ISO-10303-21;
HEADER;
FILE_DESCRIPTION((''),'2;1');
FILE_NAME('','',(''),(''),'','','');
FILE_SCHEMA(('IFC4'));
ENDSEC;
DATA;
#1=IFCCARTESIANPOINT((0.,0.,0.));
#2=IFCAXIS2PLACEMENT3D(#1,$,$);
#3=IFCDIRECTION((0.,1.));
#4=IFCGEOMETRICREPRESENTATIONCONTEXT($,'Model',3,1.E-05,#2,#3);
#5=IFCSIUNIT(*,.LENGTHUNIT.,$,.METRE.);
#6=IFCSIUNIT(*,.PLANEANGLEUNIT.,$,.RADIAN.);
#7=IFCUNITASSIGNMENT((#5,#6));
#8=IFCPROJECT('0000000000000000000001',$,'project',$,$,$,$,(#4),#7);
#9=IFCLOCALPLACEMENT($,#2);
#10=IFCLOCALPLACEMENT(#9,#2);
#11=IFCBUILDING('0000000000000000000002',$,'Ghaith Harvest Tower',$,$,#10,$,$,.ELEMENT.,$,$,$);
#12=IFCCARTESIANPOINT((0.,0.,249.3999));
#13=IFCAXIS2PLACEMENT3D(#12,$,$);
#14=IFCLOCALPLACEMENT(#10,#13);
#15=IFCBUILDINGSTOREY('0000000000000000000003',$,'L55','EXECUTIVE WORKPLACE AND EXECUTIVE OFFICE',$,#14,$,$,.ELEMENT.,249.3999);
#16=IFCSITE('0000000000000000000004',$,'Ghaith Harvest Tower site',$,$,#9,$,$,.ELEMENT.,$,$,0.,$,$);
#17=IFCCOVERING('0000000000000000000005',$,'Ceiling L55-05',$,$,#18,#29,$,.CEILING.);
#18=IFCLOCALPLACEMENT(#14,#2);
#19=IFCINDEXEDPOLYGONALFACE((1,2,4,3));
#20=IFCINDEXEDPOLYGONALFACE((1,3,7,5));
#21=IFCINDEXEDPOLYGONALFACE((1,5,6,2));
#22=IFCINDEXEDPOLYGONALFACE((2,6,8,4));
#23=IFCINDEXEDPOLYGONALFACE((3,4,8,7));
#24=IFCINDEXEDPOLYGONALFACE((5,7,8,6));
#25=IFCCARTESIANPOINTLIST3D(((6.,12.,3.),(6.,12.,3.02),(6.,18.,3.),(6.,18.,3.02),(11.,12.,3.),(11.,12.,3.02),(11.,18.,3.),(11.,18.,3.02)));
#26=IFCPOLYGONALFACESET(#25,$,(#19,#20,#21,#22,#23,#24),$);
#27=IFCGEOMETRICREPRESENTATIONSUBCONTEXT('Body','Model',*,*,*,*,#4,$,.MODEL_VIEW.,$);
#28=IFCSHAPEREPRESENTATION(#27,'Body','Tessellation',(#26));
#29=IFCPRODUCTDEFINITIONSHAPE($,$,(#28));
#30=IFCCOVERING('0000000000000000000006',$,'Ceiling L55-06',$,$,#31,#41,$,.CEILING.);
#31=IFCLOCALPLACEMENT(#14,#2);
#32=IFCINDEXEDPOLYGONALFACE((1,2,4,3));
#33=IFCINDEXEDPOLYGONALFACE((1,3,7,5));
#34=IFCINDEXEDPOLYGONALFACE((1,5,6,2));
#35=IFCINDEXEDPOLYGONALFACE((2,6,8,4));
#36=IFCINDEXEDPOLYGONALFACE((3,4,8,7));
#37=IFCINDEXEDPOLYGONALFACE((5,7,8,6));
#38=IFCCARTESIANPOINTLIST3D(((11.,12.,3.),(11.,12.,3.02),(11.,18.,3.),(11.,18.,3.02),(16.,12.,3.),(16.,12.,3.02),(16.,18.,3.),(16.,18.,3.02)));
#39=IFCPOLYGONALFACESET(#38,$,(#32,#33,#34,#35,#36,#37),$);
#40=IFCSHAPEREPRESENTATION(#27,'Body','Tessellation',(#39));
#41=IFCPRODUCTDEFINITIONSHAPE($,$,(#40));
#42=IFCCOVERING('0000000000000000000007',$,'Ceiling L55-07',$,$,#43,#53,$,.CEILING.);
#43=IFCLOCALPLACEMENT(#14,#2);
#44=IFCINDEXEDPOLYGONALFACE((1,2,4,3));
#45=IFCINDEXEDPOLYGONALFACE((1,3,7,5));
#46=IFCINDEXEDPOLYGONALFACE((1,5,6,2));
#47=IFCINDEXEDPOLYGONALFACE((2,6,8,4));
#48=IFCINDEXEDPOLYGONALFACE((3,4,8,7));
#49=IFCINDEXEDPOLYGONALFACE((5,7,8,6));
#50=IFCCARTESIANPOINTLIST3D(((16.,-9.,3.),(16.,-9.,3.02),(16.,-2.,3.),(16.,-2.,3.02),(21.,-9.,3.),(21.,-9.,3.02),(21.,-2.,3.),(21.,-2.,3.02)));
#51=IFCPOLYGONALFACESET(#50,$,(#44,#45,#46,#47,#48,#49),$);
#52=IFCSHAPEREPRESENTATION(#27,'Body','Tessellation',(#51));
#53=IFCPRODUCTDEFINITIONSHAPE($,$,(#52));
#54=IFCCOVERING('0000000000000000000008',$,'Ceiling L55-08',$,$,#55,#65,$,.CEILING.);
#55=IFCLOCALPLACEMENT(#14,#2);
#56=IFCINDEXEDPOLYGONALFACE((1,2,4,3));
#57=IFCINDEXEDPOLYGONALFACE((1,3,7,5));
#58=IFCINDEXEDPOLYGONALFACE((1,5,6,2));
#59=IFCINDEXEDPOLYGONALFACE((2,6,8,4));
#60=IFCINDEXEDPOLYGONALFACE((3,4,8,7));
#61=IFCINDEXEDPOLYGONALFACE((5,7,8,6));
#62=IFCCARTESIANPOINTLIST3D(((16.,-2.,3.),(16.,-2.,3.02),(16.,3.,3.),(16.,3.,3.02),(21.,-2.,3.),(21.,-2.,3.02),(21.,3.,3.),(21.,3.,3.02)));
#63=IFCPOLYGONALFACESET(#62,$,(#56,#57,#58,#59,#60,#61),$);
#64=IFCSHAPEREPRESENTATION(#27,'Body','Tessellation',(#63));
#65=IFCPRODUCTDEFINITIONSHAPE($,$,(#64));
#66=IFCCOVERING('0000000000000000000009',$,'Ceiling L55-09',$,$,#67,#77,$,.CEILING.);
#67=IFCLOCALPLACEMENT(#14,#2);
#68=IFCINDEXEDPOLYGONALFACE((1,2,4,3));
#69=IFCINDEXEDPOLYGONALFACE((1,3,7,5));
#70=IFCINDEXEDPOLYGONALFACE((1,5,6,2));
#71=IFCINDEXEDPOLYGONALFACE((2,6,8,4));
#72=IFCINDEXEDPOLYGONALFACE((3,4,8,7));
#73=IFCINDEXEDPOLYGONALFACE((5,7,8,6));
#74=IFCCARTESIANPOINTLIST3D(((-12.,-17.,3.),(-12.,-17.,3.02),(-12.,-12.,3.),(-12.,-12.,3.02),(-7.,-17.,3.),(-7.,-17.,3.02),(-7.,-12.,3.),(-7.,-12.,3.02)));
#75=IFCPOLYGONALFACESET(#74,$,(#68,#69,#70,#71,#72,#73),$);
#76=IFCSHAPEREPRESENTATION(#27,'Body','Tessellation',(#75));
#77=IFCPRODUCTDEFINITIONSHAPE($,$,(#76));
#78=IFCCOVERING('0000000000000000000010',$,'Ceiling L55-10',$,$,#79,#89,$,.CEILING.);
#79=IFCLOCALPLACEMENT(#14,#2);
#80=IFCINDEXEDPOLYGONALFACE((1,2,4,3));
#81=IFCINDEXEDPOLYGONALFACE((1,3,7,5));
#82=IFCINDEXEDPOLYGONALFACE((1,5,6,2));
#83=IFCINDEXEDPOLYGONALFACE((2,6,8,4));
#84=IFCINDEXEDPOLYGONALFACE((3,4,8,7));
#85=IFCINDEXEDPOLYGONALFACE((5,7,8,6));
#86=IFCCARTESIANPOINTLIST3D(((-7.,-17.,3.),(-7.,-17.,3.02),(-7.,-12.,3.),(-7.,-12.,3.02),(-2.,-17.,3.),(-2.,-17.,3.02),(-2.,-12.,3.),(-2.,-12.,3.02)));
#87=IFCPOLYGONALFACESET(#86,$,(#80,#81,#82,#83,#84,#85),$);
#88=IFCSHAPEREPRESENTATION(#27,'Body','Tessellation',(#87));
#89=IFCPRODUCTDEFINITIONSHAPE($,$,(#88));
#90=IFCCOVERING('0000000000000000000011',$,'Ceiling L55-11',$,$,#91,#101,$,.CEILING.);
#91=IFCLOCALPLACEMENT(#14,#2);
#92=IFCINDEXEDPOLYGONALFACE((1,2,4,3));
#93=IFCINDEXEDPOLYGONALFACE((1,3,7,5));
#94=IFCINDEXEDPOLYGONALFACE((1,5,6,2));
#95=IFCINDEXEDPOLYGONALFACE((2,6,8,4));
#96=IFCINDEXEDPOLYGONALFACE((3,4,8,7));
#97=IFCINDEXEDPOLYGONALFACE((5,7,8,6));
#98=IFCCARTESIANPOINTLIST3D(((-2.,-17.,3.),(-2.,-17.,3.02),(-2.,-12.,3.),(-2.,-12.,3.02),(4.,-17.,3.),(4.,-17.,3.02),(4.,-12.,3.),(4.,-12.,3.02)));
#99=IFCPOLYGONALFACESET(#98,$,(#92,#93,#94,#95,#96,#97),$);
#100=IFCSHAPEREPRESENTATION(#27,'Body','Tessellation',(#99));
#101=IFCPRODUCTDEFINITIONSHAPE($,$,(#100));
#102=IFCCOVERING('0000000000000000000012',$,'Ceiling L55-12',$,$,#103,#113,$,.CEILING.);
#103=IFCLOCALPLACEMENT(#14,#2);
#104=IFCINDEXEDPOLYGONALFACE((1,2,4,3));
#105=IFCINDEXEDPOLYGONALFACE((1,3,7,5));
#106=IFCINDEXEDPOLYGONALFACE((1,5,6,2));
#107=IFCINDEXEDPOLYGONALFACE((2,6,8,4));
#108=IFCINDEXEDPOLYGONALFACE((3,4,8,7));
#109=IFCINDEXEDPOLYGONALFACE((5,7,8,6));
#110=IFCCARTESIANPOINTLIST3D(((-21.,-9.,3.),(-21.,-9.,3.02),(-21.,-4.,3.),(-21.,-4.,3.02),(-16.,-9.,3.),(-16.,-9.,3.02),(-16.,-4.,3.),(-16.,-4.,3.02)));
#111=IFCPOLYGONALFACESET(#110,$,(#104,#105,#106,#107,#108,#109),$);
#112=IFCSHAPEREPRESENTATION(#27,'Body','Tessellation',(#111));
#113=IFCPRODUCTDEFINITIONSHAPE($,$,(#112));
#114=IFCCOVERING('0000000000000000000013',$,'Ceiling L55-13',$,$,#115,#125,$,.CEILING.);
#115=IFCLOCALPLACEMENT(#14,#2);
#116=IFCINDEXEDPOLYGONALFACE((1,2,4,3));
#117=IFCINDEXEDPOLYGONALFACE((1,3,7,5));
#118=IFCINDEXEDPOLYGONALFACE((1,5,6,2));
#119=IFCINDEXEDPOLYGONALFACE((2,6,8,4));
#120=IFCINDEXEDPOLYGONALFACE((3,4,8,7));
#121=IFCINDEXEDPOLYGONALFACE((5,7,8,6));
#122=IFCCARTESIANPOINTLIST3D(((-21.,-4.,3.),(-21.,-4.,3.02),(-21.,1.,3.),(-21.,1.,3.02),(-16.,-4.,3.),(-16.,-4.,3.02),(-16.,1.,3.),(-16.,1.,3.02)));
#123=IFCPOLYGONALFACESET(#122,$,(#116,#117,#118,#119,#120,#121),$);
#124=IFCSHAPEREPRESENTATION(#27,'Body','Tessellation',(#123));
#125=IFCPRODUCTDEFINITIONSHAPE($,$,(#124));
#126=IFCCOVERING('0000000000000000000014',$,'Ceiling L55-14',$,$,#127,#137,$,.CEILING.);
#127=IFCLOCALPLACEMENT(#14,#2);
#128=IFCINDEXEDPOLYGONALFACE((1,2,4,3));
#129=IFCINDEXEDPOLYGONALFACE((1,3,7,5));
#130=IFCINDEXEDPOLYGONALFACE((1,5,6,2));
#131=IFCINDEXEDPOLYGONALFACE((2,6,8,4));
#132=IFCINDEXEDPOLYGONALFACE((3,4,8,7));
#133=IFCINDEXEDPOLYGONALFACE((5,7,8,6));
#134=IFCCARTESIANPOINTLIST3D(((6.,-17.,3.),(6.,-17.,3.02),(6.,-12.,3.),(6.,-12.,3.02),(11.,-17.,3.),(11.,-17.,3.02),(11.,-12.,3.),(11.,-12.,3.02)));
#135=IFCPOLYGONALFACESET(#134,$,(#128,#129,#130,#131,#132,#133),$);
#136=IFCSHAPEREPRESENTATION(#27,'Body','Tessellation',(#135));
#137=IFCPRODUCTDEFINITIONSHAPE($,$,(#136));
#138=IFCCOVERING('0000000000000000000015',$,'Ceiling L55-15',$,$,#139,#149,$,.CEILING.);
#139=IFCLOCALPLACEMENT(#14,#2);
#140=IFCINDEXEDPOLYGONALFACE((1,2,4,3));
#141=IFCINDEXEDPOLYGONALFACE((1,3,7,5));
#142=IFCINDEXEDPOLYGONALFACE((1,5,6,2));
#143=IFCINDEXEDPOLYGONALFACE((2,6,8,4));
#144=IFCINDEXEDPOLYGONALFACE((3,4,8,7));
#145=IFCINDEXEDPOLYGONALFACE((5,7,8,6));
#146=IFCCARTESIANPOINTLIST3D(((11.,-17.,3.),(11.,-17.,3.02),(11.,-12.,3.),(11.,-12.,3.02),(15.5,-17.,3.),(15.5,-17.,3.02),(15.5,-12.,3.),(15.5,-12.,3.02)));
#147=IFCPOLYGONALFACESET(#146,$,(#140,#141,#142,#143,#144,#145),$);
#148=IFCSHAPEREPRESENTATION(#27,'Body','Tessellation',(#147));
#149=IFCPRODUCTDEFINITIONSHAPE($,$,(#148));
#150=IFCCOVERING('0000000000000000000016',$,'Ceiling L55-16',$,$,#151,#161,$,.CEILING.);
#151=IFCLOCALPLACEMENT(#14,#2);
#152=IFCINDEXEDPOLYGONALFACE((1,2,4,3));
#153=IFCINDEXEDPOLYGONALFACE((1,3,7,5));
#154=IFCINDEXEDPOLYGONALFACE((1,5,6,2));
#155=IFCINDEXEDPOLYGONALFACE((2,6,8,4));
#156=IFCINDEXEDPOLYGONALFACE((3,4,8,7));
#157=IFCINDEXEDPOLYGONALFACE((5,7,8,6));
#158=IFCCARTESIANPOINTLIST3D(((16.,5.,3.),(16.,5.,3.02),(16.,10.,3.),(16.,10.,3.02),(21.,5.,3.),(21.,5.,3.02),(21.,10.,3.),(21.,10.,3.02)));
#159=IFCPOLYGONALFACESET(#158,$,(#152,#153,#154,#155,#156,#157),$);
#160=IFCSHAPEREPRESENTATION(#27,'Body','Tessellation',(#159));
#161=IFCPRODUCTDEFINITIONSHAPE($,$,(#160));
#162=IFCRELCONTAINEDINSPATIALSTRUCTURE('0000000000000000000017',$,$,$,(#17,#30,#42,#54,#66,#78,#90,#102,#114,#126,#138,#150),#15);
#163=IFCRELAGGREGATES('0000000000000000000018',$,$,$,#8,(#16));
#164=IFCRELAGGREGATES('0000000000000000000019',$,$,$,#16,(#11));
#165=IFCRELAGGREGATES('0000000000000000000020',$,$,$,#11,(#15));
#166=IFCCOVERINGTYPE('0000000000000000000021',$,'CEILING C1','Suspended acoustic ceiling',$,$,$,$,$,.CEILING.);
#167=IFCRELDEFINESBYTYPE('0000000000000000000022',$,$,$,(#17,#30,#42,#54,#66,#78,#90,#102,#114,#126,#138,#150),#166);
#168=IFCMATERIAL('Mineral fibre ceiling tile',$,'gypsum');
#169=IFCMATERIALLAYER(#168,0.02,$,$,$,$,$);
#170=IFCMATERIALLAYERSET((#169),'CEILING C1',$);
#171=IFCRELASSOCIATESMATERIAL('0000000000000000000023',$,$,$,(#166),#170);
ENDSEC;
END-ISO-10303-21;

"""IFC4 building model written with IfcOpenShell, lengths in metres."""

from ifc_helpers import new_model, si_unit, direction, frame, origin, place, context, subcontext, project, spatial, polyline, outline, extrude, material, layer, layer_set, type_object, element, save


model = new_model("IFC4")

# Units and contexts
model_context = context("Model", 3, precision=1e-05, world=origin(), true_north=direction((0.0, 1.0)))
body_context = subcontext(model_context, "Body", "Model", "MODEL_VIEW")
ifc_project = project(units=[si_unit("LENGTHUNIT", "METRE"), si_unit("PLANEANGLEUNIT", "RADIAN")], contexts=[model_context])

# Site, building, storey
site_placement = place(None, origin())
site = spatial("IfcSite", under=ifc_project, at=site_placement, Name="Ghaith Harvest Tower site", CompositionType="ELEMENT", RefElevation=0.0)
building_placement = place(site_placement, origin())
building = spatial("IfcBuilding", under=site, at=building_placement, Name="Ghaith Harvest Tower", CompositionType="ELEMENT")
storey_placement = place(building_placement, frame((0.0, 0.0, 249.3999)))
storey = spatial("IfcBuildingStorey", under=building, at=storey_placement, Name="L55", Description="EXECUTIVE WORKPLACE AND EXECUTIVE OFFICE", CompositionType="ELEMENT", Elevation=249.3999)

# Coverings
ifc_material_1 = material(Name="Mineral fibre ceiling tile", Category="gypsum")
ifc_layer_1 = layer(ifc_material_1, 0.02)
ifc_layer_set_1 = layer_set([ifc_layer_1], Name="CEILING C1")
covering_type = type_object("IfcCoveringType", Name="CEILING C1", Description="Suspended acoustic ceiling", PredefinedType="CEILING", material=ifc_layer_set_1)
covering_1_placement = place(storey_placement, frame((0.0, 0.0, 3.0)))
element("IfcCovering", 1, at=covering_1_placement, inside=storey, type_object=covering_type, Name="Ceiling L55-05", PredefinedType="CEILING", context=body_context, shape_type="SweptSolid", body=[
    extrude(outline(polyline([(6.0, 12.0), (11.0, 12.0), (11.0, 18.0), (6.0, 18.0), (6.0, 12.0)])), origin(), (0.0, 0.0, 1.0), 0.02),
])
covering_2_placement = place(storey_placement, frame((0.0, 0.0, 3.0)))
element("IfcCovering", 2, at=covering_2_placement, inside=storey, type_object=covering_type, Name="Ceiling L55-06", PredefinedType="CEILING", context=body_context, shape_type="SweptSolid", body=[
    extrude(outline(polyline([(11.0, 12.0), (16.0, 12.0), (16.0, 18.0), (11.0, 18.0), (11.0, 12.0)])), origin(), (0.0, 0.0, 1.0), 0.02),
])
covering_3_placement = place(storey_placement, frame((0.0, 0.0, 3.0)))
element("IfcCovering", 3, at=covering_3_placement, inside=storey, type_object=covering_type, Name="Ceiling L55-07", PredefinedType="CEILING", context=body_context, shape_type="SweptSolid", body=[
    extrude(outline(polyline([(16.0, -9.0), (21.0, -9.0), (21.0, -2.0), (16.0, -2.0), (16.0, -9.0)])), origin(), (0.0, 0.0, 1.0), 0.02),
])
covering_4_placement = place(storey_placement, frame((0.0, 0.0, 3.0)))
element("IfcCovering", 4, at=covering_4_placement, inside=storey, type_object=covering_type, Name="Ceiling L55-08", PredefinedType="CEILING", context=body_context, shape_type="SweptSolid", body=[
    extrude(outline(polyline([(16.0, -2.0), (21.0, -2.0), (21.0, 3.0), (16.0, 3.0), (16.0, -2.0)])), origin(), (0.0, 0.0, 1.0), 0.02),
])
covering_5_placement = place(storey_placement, frame((0.0, 0.0, 3.0)))
element("IfcCovering", 5, at=covering_5_placement, inside=storey, type_object=covering_type, Name="Ceiling L55-09", PredefinedType="CEILING", context=body_context, shape_type="SweptSolid", body=[
    extrude(outline(polyline([(-12.0, -17.0), (-7.0, -17.0), (-7.0, -12.0), (-12.0, -12.0), (-12.0, -17.0)])), origin(), (0.0, 0.0, 1.0), 0.02),
])
covering_6_placement = place(storey_placement, frame((0.0, 0.0, 3.0)))
element("IfcCovering", 6, at=covering_6_placement, inside=storey, type_object=covering_type, Name="Ceiling L55-10", PredefinedType="CEILING", context=body_context, shape_type="SweptSolid", body=[
    extrude(outline(polyline([(-7.0, -17.0), (-2.0, -17.0), (-2.0, -12.0), (-7.0, -12.0), (-7.0, -17.0)])), origin(), (0.0, 0.0, 1.0), 0.02),
])
covering_7_placement = place(storey_placement, frame((0.0, 0.0, 3.0)))
element("IfcCovering", 7, at=covering_7_placement, inside=storey, type_object=covering_type, Name="Ceiling L55-11", PredefinedType="CEILING", context=body_context, shape_type="SweptSolid", body=[
    extrude(outline(polyline([(-2.0, -17.0), (4.0, -17.0), (4.0, -12.0), (-2.0, -12.0), (-2.0, -17.0)])), origin(), (0.0, 0.0, 1.0), 0.02),
])
covering_8_placement = place(storey_placement, frame((0.0, 0.0, 3.0)))
element("IfcCovering", 8, at=covering_8_placement, inside=storey, type_object=covering_type, Name="Ceiling L55-12", PredefinedType="CEILING", context=body_context, shape_type="SweptSolid", body=[
    extrude(outline(polyline([(-21.0, -9.0), (-16.0, -9.0), (-16.0, -4.0), (-21.0, -4.0), (-21.0, -9.0)])), origin(), (0.0, 0.0, 1.0), 0.02),
])
covering_9_placement = place(storey_placement, frame((0.0, 0.0, 3.0)))
element("IfcCovering", 9, at=covering_9_placement, inside=storey, type_object=covering_type, Name="Ceiling L55-13", PredefinedType="CEILING", context=body_context, shape_type="SweptSolid", body=[
    extrude(outline(polyline([(-21.0, -4.0), (-16.0, -4.0), (-16.0, 1.0), (-21.0, 1.0), (-21.0, -4.0)])), origin(), (0.0, 0.0, 1.0), 0.02),
])
covering_10_placement = place(storey_placement, frame((0.0, 0.0, 3.0)))
element("IfcCovering", 10, at=covering_10_placement, inside=storey, type_object=covering_type, Name="Ceiling L55-14", PredefinedType="CEILING", context=body_context, shape_type="SweptSolid", body=[
    extrude(outline(polyline([(6.0, -17.0), (11.0, -17.0), (11.0, -12.0), (6.0, -12.0), (6.0, -17.0)])), origin(), (0.0, 0.0, 1.0), 0.02),
])
covering_11_placement = place(storey_placement, frame((0.0, 0.0, 3.0)))
element("IfcCovering", 11, at=covering_11_placement, inside=storey, type_object=covering_type, Name="Ceiling L55-15", PredefinedType="CEILING", context=body_context, shape_type="SweptSolid", body=[
    extrude(outline(polyline([(11.0, -17.0), (15.5, -17.0), (15.5, -12.0), (11.0, -12.0), (11.0, -17.0)])), origin(), (0.0, 0.0, 1.0), 0.02),
])
covering_12_placement = place(storey_placement, frame((0.0, 0.0, 3.0)))
element("IfcCovering", 12, at=covering_12_placement, inside=storey, type_object=covering_type, Name="Ceiling L55-16", PredefinedType="CEILING", context=body_context, shape_type="SweptSolid", body=[
    extrude(outline(polyline([(16.0, 5.0), (21.0, 5.0), (21.0, 10.0), (16.0, 10.0), (16.0, 5.0)])), origin(), (0.0, 0.0, 1.0), 0.02),
])

save(model, "model.ifc")
